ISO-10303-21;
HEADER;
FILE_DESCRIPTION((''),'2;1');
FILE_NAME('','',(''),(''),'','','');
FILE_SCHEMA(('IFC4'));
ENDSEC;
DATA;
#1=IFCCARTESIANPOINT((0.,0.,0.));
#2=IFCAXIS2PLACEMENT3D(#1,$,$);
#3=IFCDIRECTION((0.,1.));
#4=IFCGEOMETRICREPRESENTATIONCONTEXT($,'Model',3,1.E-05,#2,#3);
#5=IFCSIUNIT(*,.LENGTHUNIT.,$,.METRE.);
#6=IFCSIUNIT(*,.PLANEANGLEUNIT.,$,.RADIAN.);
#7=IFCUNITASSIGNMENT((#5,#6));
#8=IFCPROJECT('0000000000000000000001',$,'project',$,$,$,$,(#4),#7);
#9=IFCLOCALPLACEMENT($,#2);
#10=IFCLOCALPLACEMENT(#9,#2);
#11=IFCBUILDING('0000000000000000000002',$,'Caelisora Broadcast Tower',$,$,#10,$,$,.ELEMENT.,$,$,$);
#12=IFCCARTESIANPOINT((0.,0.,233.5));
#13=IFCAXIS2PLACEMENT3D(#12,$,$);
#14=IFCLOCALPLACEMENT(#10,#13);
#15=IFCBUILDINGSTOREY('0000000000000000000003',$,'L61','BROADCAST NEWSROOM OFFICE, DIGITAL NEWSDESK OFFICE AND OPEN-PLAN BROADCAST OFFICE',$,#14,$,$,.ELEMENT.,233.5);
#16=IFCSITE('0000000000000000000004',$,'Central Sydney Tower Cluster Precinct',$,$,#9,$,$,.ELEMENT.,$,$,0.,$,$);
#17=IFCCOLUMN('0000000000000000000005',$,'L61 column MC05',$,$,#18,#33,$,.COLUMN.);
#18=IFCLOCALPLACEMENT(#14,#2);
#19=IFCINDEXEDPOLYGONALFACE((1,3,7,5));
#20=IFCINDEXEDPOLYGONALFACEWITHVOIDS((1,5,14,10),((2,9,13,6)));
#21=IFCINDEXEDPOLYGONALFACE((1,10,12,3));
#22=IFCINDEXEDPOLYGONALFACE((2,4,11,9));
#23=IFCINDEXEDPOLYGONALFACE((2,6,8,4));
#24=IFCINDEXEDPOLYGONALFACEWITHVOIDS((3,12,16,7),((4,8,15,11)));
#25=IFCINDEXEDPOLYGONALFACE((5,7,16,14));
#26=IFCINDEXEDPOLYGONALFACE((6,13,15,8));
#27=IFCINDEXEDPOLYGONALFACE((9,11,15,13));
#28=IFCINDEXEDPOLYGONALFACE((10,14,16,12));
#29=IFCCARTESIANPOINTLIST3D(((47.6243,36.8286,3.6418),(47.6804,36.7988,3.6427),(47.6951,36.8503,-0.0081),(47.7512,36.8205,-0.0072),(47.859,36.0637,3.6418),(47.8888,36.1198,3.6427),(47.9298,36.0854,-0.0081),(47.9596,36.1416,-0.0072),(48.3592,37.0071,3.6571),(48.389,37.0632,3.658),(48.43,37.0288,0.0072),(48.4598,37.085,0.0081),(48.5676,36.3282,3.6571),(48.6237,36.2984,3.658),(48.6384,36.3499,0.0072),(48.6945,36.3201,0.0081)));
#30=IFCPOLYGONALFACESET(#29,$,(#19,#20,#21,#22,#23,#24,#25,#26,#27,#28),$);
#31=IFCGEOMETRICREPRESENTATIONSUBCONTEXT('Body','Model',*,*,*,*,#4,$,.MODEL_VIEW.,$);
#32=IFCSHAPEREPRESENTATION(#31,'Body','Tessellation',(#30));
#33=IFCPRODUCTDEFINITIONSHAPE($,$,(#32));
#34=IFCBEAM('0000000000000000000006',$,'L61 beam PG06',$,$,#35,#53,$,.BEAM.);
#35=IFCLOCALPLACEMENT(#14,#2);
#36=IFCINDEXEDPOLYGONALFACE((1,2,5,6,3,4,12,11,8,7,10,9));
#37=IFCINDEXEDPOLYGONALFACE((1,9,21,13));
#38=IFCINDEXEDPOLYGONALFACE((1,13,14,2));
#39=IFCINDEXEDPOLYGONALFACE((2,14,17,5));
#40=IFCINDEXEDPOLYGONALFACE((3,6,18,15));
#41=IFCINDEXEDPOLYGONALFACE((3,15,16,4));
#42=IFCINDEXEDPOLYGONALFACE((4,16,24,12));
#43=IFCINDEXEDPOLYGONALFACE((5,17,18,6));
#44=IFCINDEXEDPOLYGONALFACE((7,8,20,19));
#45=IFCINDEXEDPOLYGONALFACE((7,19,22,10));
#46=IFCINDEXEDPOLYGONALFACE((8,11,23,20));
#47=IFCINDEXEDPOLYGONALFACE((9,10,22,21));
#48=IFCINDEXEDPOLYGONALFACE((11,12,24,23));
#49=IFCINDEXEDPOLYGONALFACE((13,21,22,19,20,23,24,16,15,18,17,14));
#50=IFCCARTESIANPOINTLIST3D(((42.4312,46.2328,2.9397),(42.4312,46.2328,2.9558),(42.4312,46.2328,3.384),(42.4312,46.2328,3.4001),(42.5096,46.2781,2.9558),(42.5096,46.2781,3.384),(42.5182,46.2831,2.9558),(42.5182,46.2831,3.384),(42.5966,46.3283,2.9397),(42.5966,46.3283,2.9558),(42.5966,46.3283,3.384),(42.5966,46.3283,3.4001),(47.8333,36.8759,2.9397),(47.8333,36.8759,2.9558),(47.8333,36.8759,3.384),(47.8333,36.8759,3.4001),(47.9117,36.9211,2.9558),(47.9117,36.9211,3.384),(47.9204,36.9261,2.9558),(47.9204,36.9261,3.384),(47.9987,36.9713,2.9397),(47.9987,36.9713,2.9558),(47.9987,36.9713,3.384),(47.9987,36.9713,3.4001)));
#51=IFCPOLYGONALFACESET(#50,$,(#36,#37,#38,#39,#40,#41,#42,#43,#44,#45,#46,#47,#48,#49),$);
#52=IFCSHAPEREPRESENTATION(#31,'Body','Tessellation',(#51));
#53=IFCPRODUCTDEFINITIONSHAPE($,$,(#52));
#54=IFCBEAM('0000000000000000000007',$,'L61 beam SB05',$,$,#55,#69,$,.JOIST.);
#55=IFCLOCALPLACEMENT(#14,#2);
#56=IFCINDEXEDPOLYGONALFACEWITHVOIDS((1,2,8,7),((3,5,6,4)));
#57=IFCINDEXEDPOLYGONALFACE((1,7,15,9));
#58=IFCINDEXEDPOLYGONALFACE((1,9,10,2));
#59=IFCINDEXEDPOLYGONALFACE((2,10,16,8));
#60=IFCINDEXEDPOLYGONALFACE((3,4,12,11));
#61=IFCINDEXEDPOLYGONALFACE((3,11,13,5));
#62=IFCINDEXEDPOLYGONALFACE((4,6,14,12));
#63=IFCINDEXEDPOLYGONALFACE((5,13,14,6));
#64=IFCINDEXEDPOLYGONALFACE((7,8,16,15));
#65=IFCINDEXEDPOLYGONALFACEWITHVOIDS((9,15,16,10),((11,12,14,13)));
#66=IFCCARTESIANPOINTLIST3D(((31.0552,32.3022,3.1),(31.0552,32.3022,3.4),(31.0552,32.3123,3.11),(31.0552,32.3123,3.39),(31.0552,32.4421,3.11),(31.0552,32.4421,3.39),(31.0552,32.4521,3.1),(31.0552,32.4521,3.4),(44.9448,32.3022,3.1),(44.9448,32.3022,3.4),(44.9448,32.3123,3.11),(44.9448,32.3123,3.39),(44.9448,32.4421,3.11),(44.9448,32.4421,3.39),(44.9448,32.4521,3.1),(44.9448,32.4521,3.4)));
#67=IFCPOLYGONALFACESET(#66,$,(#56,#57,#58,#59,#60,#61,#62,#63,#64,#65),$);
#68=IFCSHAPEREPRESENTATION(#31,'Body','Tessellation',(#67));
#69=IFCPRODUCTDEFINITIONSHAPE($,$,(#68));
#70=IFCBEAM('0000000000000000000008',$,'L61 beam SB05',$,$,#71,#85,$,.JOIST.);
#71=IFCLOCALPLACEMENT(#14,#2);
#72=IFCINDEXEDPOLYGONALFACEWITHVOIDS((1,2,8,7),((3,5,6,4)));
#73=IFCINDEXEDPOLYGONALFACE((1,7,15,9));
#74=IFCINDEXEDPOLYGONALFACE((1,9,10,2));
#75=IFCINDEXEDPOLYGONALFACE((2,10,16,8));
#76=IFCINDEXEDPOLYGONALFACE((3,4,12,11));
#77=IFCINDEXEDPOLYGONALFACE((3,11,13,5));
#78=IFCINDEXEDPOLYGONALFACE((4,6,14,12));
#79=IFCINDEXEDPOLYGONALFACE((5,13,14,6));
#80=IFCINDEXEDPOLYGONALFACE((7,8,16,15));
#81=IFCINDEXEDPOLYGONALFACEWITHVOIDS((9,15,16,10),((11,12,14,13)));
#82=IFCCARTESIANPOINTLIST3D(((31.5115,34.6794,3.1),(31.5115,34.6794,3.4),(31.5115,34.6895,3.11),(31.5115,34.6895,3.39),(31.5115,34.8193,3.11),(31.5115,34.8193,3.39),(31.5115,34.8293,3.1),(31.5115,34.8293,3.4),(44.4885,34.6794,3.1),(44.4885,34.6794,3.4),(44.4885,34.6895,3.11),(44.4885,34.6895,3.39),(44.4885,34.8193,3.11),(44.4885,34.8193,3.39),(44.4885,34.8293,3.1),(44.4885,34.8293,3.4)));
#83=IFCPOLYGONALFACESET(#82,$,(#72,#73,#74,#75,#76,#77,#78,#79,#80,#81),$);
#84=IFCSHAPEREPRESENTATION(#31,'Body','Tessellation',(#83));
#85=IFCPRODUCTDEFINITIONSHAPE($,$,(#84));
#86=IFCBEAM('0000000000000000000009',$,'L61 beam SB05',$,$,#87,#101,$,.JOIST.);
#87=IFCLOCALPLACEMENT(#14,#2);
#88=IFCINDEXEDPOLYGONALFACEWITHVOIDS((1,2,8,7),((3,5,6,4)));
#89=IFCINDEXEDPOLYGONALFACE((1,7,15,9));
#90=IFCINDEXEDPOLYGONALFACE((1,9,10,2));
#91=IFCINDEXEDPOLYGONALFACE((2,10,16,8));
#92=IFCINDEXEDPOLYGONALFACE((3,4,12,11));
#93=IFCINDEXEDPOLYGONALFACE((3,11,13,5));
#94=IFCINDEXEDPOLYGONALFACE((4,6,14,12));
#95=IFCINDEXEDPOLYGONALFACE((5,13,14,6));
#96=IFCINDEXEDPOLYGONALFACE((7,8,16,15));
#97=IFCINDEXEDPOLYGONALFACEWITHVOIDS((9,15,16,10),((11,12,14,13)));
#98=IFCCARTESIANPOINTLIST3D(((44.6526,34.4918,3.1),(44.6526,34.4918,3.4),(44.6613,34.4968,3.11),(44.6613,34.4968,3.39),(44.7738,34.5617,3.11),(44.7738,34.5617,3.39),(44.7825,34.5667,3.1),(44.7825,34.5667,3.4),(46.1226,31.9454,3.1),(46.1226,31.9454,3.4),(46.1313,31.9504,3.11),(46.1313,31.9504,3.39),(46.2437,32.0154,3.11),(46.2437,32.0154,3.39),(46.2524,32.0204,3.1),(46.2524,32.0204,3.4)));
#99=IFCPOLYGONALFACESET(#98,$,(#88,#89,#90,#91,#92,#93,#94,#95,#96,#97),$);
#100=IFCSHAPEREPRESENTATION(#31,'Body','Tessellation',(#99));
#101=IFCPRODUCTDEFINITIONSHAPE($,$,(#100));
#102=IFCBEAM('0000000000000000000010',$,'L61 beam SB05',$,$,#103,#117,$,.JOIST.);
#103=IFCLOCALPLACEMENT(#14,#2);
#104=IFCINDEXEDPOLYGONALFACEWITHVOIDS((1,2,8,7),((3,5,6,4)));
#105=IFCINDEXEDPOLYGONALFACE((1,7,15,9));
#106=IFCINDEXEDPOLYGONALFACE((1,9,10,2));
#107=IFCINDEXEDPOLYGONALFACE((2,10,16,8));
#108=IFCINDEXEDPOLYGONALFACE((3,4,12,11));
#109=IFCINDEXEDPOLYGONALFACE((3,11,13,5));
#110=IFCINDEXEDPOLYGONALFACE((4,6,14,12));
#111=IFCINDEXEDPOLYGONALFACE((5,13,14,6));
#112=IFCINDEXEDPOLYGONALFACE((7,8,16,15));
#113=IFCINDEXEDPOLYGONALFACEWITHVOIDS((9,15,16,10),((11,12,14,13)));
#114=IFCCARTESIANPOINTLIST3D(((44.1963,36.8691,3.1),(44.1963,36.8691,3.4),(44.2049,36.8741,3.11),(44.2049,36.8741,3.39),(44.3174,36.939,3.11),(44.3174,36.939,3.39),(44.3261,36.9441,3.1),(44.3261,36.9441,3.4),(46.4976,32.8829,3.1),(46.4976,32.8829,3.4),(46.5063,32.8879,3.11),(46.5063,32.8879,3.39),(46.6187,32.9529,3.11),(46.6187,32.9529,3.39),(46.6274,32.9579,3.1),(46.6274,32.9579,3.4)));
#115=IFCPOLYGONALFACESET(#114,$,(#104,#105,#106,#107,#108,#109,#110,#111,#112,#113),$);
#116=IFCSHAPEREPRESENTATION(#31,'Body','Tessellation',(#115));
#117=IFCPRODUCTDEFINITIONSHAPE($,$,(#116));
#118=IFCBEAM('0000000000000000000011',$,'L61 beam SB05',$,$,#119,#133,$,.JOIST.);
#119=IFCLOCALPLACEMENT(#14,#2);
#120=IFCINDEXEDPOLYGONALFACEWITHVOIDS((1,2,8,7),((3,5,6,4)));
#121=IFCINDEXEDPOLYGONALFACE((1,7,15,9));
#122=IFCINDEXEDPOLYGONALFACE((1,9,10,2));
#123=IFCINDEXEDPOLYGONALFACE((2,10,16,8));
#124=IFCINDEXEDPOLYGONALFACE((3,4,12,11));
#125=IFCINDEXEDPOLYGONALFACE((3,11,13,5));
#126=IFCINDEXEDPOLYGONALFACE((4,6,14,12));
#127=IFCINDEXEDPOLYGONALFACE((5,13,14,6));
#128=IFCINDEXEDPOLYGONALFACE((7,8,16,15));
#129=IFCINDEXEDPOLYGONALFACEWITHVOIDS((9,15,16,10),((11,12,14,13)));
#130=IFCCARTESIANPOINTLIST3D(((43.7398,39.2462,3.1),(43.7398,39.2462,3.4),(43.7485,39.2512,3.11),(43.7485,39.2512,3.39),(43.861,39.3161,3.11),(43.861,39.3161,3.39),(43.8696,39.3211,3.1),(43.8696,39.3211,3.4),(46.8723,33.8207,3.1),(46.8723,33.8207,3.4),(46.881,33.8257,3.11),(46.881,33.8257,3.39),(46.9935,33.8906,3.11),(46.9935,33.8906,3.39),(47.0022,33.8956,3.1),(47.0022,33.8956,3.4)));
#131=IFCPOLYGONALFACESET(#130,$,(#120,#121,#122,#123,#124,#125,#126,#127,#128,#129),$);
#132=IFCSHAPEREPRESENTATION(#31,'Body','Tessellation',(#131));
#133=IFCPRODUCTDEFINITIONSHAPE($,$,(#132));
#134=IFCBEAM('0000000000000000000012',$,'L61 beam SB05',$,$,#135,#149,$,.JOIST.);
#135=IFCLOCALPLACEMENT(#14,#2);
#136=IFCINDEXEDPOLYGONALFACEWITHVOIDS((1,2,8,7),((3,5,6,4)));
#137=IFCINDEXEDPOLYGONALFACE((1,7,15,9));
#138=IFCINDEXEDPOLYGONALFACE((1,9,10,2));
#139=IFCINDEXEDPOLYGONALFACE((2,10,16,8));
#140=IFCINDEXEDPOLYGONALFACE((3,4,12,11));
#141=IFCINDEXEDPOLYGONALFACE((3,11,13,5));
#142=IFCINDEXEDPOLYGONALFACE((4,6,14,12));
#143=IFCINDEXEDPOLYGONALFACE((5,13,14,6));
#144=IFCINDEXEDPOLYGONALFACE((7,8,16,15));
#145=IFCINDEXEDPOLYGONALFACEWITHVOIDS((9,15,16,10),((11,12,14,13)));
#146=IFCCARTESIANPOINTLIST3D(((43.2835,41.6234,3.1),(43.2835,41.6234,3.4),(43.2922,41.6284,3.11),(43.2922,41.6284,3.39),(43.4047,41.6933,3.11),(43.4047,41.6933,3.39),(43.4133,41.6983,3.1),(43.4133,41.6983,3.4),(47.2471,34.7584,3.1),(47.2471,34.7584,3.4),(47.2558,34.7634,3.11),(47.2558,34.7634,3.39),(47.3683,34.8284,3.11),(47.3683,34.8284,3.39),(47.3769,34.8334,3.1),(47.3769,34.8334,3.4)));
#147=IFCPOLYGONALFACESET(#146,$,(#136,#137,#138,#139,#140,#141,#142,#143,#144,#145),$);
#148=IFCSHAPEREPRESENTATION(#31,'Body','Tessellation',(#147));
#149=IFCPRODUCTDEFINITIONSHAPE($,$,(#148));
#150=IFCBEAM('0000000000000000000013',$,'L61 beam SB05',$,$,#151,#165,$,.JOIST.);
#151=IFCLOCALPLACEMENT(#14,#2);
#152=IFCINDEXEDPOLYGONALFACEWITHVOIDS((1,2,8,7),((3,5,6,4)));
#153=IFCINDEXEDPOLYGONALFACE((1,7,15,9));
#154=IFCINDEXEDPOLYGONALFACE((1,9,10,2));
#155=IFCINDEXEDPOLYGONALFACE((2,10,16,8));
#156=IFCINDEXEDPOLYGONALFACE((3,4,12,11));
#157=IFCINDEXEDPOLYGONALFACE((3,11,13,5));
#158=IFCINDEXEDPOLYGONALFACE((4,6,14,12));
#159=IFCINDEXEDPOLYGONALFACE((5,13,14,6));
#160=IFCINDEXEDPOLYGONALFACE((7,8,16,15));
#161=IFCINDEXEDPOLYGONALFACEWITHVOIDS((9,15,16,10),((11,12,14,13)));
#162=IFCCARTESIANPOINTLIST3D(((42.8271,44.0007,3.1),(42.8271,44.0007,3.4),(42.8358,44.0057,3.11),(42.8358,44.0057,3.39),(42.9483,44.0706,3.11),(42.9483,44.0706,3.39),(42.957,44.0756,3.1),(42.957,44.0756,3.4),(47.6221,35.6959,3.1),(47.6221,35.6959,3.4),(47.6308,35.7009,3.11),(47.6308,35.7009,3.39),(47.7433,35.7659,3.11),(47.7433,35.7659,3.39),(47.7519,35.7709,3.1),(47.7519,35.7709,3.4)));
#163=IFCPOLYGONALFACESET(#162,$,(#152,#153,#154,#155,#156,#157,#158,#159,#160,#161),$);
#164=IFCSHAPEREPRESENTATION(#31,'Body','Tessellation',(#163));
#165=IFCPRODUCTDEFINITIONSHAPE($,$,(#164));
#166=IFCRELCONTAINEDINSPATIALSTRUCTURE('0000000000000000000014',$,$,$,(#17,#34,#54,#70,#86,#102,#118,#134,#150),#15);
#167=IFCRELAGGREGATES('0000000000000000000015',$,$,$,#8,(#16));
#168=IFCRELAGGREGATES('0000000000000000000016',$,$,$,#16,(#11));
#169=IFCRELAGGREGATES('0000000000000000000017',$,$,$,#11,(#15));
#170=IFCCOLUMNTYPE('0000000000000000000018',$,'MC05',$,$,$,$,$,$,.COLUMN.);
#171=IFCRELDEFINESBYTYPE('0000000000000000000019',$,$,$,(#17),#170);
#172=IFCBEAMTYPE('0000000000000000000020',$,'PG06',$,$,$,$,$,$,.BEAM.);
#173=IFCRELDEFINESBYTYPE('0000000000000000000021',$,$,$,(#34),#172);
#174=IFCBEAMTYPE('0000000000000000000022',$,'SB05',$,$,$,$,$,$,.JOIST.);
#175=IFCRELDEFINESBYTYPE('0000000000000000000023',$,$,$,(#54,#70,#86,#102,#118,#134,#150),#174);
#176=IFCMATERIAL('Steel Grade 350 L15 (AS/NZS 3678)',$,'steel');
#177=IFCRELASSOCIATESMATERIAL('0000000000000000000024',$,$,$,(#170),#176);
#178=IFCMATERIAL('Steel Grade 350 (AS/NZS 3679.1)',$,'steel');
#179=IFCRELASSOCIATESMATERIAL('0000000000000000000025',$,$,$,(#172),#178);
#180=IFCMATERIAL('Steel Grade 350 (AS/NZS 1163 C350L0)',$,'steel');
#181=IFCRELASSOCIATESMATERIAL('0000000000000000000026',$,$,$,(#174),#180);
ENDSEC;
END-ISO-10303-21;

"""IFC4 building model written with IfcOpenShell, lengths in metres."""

from ifc_helpers import new_model, si_unit, direction, frame, origin, origin_2d, place, context, subcontext, project, spatial, hollow_rectangle, i_section, extrude, source, transform, mapped, material, material_profile, profile_set, type_object, type_shapes, element, save


model = new_model("IFC4")

# Units and contexts
model_context = context("Model", 3, precision=1e-05, world=origin(), true_north=direction((0.0, 1.0)))
body_context = subcontext(model_context, "Body", "Model", "MODEL_VIEW")
ifc_project = project(units=[si_unit("LENGTHUNIT", "METRE"), si_unit("PLANEANGLEUNIT", "RADIAN")], contexts=[model_context])

# Site, building, storey
site_placement = place(None, origin())
site = spatial("IfcSite", under=ifc_project, at=site_placement, Name="Central Sydney Tower Cluster Precinct", CompositionType="ELEMENT", RefElevation=0.0)
building_placement = place(site_placement, origin())
building = spatial("IfcBuilding", under=site, at=building_placement, Name="Caelisora Broadcast Tower", CompositionType="ELEMENT")
storey_placement = place(building_placement, frame((0.0, 0.0, 233.5)))
storey = spatial("IfcBuildingStorey", under=building, at=storey_placement, Name="L61", Description="BROADCAST NEWSROOM OFFICE, DIGITAL NEWSDESK OFFICE AND OPEN-PLAN BROADCAST OFFICE", CompositionType="ELEMENT", Elevation=233.5)

# Column
ifc_material_1 = material(Name="Steel Grade 350 L15 (AS/NZS 3678)", Category="steel")
ifc_material_profile_1 = material_profile(ifc_material_1, hollow_rectangle(XDim=0.8, YDim=0.8, WallThickness=0.0449, at=origin_2d()), Name="Steel Grade 350 L15 (AS/NZS 3678)")
ifc_profile_set_1 = profile_set([ifc_material_profile_1], Name="Steel Grade 350 L15 (AS/NZS 3678)")
column_type = type_object("IfcColumnType", Name="MC05", PredefinedType="COLUMN", material=ifc_profile_set_1)
shared_shape_1 = source(origin(), body_context, "Body", "SweptSolid", [
    extrude(hollow_rectangle(XDim=0.8, YDim=0.8, WallThickness=0.0449, at=origin_2d()), origin(), (0.0, 0.0, 1.0), 3.6506),
])
type_shapes(column_type, [shared_shape_1])
column_placement = place(storey_placement, frame((48.1948, 36.5852, 0.0), z_axis=(-0.019394, -0.005952, 0.999794), x_axis=(0.293391, -0.955993, 0.0)))
element("IfcColumn", 1, at=column_placement, inside=storey, type_object=column_type, Name="L61 column MC05", PredefinedType="COLUMN", context=body_context, shape_type="MappedRepresentation", body=[
    mapped(shared_shape_1, transform((0.0, 0.0, 0.0), scale=1.0)),
])

# Beams
ifc_material_2 = material(Name="Steel Grade 350 (AS/NZS 3679.1)", Category="steel")
ifc_material_profile_2 = material_profile(ifc_material_2, i_section(OverallWidth=0.1909, OverallDepth=0.4604, WebThickness=0.01, FlangeThickness=0.0161, at=origin_2d()), Name="Steel Grade 350 (AS/NZS 3679.1)")
ifc_profile_set_2 = profile_set([ifc_material_profile_2], Name="Steel Grade 350 (AS/NZS 3679.1)")
beam_type_1 = type_object("IfcBeamType", Name="PG06", PredefinedType="BEAM", material=ifc_profile_set_2)
shared_shape_2 = source(origin(), body_context, "Body", "SweptSolid", [
    extrude(i_section(OverallWidth=0.1909, OverallDepth=0.4604, WebThickness=0.01, FlangeThickness=0.0161, at=origin_2d()), origin(), (0.0, 0.0, 1.0), 10.8044),
])
type_shapes(beam_type_1, [shared_shape_2])
beam_1_placement = place(storey_placement, frame((47.916, 36.9236, 3.1699), z_axis=(-0.499991, 0.866031, 0.0), x_axis=(-0.866031, -0.499991, 0.0)))
element("IfcBeam", 2, at=beam_1_placement, inside=storey, type_object=beam_type_1, Name="L61 beam PG06", PredefinedType="BEAM", context=body_context, shape_type="MappedRepresentation", body=[
    mapped(shared_shape_2, transform((0.0, 0.0, 0.0), scale=1.0)),
])
ifc_material_3 = material(Name="Steel Grade 350 (AS/NZS 1163 C350L0)", Category="steel")
ifc_material_profile_3 = material_profile(ifc_material_3, hollow_rectangle(XDim=0.1499, YDim=0.3, WallThickness=0.01, at=origin_2d()), Name="Steel Grade 350 (AS/NZS 1163 C350L0)")
ifc_profile_set_3 = profile_set([ifc_material_profile_3], Name="Steel Grade 350 (AS/NZS 1163 C350L0)")
beam_type_2 = type_object("IfcBeamType", Name="SB05", PredefinedType="JOIST", material=ifc_profile_set_3)
shared_shape_3 = source(origin(), body_context, "Body", "SweptSolid", [
    extrude(hollow_rectangle(XDim=0.1499, YDim=0.3, WallThickness=0.01, at=origin_2d()), origin(), (0.0, 0.0, 1.0), 13.8896),
])
beam_2_placement = place(storey_placement, frame((44.9448, 32.3772, 3.25), z_axis=(-1.0, 0.0, 0.0), x_axis=(0.0, -1.0, 0.0)))
element("IfcBeam", 3, at=beam_2_placement, inside=storey, type_object=beam_type_2, Name="L61 beam SB05", PredefinedType="JOIST", context=body_context, shape_type="MappedRepresentation", body=[
    mapped(shared_shape_3, transform((0.0, 0.0, 0.0), scale=1.0)),
])
shared_shape_4 = source(origin(), body_context, "Body", "SweptSolid", [
    extrude(hollow_rectangle(XDim=0.1499, YDim=0.3, WallThickness=0.01, at=origin_2d()), origin(), (0.0, 0.0, 1.0), 12.9771),
])
beam_3_placement = place(storey_placement, frame((44.4885, 34.7544, 3.25), z_axis=(-1.0, 0.0, 0.0), x_axis=(0.0, -1.0, 0.0)))
element("IfcBeam", 4, at=beam_3_placement, inside=storey, type_object=beam_type_2, Name="L61 beam SB05", PredefinedType="JOIST", context=body_context, shape_type="MappedRepresentation", body=[
    mapped(shared_shape_4, transform((0.0, 0.0, 0.0), scale=1.0)),
])
shared_shape_5 = source(origin(), body_context, "Body", "SweptSolid", [
    extrude(hollow_rectangle(XDim=0.1499, YDim=0.3, WallThickness=0.01, at=origin_2d()), origin(), (0.0, 0.0, 1.0), 2.9402),
])
beam_4_placement = place(storey_placement, frame((46.1875, 31.9829, 3.25), z_axis=(-0.499952, 0.866053, 0.0), x_axis=(-0.866053, -0.499952, 0.0)))
element("IfcBeam", 5, at=beam_4_placement, inside=storey, type_object=beam_type_2, Name="L61 beam SB05", PredefinedType="JOIST", context=body_context, shape_type="MappedRepresentation", body=[
    mapped(shared_shape_5, transform((0.0, 0.0, 0.0), scale=1.0)),
])
shared_shape_6 = source(origin(), body_context, "Body", "SweptSolid", [
    extrude(hollow_rectangle(XDim=0.1499, YDim=0.3, WallThickness=0.01, at=origin_2d()), origin(), (0.0, 0.0, 1.0), 4.6028),
])
beam_5_placement = place(storey_placement, frame((46.5625, 32.9204, 3.25), z_axis=(-0.499984, 0.866035, 0.0), x_axis=(-0.866035, -0.499984, 0.0)))
element("IfcBeam", 6, at=beam_5_placement, inside=storey, type_object=beam_type_2, Name="L61 beam SB05", PredefinedType="JOIST", context=body_context, shape_type="MappedRepresentation", body=[
    mapped(shared_shape_6, transform((0.0, 0.0, 0.0), scale=1.0)),
])
shared_shape_7 = source(origin(), body_context, "Body", "SweptSolid", [
    extrude(hollow_rectangle(XDim=0.1499, YDim=0.3, WallThickness=0.01, at=origin_2d()), origin(), (0.0, 0.0, 1.0), 6.2649),
])
beam_6_placement = place(storey_placement, frame((46.9373, 33.8582, 3.25), z_axis=(-0.500016, 0.866016, 0.0), x_axis=(-0.866016, -0.500016, 0.0)))
element("IfcBeam", 7, at=beam_6_placement, inside=storey, type_object=beam_type_2, Name="L61 beam SB05", PredefinedType="JOIST", context=body_context, shape_type="MappedRepresentation", body=[
    mapped(shared_shape_7, transform((0.0, 0.0, 0.0), scale=1.0)),
])
shared_shape_8 = source(origin(), body_context, "Body", "SweptSolid", [
    extrude(hollow_rectangle(XDim=0.1499, YDim=0.3, WallThickness=0.01, at=origin_2d()), origin(), (0.0, 0.0, 1.0), 7.927),
])
beam_7_placement = place(storey_placement, frame((47.312, 34.7959, 3.25), z_axis=(-0.500011, 0.866019, 0.0), x_axis=(-0.866019, -0.500011, 0.0)))
element("IfcBeam", 8, at=beam_7_placement, inside=storey, type_object=beam_type_2, Name="L61 beam SB05", PredefinedType="JOIST", context=body_context, shape_type="MappedRepresentation", body=[
    mapped(shared_shape_8, transform((0.0, 0.0, 0.0), scale=1.0)),
])
shared_shape_9 = source(origin(), body_context, "Body", "SweptSolid", [
    extrude(hollow_rectangle(XDim=0.1499, YDim=0.3, WallThickness=0.01, at=origin_2d()), origin(), (0.0, 0.0, 1.0), 9.5896),
])
type_shapes(beam_type_2, [shared_shape_3, shared_shape_4, shared_shape_5, shared_shape_6, shared_shape_7, shared_shape_8, shared_shape_9])
beam_8_placement = place(storey_placement, frame((47.687, 35.7334, 3.25), z_axis=(-0.500016, 0.866016, 0.0), x_axis=(-0.866016, -0.500016, 0.0)))
element("IfcBeam", 9, at=beam_8_placement, inside=storey, type_object=beam_type_2, Name="L61 beam SB05", PredefinedType="JOIST", context=body_context, shape_type="MappedRepresentation", body=[
    mapped(shared_shape_9, transform((0.0, 0.0, 0.0), scale=1.0)),
])

save(model, "model.ifc")
